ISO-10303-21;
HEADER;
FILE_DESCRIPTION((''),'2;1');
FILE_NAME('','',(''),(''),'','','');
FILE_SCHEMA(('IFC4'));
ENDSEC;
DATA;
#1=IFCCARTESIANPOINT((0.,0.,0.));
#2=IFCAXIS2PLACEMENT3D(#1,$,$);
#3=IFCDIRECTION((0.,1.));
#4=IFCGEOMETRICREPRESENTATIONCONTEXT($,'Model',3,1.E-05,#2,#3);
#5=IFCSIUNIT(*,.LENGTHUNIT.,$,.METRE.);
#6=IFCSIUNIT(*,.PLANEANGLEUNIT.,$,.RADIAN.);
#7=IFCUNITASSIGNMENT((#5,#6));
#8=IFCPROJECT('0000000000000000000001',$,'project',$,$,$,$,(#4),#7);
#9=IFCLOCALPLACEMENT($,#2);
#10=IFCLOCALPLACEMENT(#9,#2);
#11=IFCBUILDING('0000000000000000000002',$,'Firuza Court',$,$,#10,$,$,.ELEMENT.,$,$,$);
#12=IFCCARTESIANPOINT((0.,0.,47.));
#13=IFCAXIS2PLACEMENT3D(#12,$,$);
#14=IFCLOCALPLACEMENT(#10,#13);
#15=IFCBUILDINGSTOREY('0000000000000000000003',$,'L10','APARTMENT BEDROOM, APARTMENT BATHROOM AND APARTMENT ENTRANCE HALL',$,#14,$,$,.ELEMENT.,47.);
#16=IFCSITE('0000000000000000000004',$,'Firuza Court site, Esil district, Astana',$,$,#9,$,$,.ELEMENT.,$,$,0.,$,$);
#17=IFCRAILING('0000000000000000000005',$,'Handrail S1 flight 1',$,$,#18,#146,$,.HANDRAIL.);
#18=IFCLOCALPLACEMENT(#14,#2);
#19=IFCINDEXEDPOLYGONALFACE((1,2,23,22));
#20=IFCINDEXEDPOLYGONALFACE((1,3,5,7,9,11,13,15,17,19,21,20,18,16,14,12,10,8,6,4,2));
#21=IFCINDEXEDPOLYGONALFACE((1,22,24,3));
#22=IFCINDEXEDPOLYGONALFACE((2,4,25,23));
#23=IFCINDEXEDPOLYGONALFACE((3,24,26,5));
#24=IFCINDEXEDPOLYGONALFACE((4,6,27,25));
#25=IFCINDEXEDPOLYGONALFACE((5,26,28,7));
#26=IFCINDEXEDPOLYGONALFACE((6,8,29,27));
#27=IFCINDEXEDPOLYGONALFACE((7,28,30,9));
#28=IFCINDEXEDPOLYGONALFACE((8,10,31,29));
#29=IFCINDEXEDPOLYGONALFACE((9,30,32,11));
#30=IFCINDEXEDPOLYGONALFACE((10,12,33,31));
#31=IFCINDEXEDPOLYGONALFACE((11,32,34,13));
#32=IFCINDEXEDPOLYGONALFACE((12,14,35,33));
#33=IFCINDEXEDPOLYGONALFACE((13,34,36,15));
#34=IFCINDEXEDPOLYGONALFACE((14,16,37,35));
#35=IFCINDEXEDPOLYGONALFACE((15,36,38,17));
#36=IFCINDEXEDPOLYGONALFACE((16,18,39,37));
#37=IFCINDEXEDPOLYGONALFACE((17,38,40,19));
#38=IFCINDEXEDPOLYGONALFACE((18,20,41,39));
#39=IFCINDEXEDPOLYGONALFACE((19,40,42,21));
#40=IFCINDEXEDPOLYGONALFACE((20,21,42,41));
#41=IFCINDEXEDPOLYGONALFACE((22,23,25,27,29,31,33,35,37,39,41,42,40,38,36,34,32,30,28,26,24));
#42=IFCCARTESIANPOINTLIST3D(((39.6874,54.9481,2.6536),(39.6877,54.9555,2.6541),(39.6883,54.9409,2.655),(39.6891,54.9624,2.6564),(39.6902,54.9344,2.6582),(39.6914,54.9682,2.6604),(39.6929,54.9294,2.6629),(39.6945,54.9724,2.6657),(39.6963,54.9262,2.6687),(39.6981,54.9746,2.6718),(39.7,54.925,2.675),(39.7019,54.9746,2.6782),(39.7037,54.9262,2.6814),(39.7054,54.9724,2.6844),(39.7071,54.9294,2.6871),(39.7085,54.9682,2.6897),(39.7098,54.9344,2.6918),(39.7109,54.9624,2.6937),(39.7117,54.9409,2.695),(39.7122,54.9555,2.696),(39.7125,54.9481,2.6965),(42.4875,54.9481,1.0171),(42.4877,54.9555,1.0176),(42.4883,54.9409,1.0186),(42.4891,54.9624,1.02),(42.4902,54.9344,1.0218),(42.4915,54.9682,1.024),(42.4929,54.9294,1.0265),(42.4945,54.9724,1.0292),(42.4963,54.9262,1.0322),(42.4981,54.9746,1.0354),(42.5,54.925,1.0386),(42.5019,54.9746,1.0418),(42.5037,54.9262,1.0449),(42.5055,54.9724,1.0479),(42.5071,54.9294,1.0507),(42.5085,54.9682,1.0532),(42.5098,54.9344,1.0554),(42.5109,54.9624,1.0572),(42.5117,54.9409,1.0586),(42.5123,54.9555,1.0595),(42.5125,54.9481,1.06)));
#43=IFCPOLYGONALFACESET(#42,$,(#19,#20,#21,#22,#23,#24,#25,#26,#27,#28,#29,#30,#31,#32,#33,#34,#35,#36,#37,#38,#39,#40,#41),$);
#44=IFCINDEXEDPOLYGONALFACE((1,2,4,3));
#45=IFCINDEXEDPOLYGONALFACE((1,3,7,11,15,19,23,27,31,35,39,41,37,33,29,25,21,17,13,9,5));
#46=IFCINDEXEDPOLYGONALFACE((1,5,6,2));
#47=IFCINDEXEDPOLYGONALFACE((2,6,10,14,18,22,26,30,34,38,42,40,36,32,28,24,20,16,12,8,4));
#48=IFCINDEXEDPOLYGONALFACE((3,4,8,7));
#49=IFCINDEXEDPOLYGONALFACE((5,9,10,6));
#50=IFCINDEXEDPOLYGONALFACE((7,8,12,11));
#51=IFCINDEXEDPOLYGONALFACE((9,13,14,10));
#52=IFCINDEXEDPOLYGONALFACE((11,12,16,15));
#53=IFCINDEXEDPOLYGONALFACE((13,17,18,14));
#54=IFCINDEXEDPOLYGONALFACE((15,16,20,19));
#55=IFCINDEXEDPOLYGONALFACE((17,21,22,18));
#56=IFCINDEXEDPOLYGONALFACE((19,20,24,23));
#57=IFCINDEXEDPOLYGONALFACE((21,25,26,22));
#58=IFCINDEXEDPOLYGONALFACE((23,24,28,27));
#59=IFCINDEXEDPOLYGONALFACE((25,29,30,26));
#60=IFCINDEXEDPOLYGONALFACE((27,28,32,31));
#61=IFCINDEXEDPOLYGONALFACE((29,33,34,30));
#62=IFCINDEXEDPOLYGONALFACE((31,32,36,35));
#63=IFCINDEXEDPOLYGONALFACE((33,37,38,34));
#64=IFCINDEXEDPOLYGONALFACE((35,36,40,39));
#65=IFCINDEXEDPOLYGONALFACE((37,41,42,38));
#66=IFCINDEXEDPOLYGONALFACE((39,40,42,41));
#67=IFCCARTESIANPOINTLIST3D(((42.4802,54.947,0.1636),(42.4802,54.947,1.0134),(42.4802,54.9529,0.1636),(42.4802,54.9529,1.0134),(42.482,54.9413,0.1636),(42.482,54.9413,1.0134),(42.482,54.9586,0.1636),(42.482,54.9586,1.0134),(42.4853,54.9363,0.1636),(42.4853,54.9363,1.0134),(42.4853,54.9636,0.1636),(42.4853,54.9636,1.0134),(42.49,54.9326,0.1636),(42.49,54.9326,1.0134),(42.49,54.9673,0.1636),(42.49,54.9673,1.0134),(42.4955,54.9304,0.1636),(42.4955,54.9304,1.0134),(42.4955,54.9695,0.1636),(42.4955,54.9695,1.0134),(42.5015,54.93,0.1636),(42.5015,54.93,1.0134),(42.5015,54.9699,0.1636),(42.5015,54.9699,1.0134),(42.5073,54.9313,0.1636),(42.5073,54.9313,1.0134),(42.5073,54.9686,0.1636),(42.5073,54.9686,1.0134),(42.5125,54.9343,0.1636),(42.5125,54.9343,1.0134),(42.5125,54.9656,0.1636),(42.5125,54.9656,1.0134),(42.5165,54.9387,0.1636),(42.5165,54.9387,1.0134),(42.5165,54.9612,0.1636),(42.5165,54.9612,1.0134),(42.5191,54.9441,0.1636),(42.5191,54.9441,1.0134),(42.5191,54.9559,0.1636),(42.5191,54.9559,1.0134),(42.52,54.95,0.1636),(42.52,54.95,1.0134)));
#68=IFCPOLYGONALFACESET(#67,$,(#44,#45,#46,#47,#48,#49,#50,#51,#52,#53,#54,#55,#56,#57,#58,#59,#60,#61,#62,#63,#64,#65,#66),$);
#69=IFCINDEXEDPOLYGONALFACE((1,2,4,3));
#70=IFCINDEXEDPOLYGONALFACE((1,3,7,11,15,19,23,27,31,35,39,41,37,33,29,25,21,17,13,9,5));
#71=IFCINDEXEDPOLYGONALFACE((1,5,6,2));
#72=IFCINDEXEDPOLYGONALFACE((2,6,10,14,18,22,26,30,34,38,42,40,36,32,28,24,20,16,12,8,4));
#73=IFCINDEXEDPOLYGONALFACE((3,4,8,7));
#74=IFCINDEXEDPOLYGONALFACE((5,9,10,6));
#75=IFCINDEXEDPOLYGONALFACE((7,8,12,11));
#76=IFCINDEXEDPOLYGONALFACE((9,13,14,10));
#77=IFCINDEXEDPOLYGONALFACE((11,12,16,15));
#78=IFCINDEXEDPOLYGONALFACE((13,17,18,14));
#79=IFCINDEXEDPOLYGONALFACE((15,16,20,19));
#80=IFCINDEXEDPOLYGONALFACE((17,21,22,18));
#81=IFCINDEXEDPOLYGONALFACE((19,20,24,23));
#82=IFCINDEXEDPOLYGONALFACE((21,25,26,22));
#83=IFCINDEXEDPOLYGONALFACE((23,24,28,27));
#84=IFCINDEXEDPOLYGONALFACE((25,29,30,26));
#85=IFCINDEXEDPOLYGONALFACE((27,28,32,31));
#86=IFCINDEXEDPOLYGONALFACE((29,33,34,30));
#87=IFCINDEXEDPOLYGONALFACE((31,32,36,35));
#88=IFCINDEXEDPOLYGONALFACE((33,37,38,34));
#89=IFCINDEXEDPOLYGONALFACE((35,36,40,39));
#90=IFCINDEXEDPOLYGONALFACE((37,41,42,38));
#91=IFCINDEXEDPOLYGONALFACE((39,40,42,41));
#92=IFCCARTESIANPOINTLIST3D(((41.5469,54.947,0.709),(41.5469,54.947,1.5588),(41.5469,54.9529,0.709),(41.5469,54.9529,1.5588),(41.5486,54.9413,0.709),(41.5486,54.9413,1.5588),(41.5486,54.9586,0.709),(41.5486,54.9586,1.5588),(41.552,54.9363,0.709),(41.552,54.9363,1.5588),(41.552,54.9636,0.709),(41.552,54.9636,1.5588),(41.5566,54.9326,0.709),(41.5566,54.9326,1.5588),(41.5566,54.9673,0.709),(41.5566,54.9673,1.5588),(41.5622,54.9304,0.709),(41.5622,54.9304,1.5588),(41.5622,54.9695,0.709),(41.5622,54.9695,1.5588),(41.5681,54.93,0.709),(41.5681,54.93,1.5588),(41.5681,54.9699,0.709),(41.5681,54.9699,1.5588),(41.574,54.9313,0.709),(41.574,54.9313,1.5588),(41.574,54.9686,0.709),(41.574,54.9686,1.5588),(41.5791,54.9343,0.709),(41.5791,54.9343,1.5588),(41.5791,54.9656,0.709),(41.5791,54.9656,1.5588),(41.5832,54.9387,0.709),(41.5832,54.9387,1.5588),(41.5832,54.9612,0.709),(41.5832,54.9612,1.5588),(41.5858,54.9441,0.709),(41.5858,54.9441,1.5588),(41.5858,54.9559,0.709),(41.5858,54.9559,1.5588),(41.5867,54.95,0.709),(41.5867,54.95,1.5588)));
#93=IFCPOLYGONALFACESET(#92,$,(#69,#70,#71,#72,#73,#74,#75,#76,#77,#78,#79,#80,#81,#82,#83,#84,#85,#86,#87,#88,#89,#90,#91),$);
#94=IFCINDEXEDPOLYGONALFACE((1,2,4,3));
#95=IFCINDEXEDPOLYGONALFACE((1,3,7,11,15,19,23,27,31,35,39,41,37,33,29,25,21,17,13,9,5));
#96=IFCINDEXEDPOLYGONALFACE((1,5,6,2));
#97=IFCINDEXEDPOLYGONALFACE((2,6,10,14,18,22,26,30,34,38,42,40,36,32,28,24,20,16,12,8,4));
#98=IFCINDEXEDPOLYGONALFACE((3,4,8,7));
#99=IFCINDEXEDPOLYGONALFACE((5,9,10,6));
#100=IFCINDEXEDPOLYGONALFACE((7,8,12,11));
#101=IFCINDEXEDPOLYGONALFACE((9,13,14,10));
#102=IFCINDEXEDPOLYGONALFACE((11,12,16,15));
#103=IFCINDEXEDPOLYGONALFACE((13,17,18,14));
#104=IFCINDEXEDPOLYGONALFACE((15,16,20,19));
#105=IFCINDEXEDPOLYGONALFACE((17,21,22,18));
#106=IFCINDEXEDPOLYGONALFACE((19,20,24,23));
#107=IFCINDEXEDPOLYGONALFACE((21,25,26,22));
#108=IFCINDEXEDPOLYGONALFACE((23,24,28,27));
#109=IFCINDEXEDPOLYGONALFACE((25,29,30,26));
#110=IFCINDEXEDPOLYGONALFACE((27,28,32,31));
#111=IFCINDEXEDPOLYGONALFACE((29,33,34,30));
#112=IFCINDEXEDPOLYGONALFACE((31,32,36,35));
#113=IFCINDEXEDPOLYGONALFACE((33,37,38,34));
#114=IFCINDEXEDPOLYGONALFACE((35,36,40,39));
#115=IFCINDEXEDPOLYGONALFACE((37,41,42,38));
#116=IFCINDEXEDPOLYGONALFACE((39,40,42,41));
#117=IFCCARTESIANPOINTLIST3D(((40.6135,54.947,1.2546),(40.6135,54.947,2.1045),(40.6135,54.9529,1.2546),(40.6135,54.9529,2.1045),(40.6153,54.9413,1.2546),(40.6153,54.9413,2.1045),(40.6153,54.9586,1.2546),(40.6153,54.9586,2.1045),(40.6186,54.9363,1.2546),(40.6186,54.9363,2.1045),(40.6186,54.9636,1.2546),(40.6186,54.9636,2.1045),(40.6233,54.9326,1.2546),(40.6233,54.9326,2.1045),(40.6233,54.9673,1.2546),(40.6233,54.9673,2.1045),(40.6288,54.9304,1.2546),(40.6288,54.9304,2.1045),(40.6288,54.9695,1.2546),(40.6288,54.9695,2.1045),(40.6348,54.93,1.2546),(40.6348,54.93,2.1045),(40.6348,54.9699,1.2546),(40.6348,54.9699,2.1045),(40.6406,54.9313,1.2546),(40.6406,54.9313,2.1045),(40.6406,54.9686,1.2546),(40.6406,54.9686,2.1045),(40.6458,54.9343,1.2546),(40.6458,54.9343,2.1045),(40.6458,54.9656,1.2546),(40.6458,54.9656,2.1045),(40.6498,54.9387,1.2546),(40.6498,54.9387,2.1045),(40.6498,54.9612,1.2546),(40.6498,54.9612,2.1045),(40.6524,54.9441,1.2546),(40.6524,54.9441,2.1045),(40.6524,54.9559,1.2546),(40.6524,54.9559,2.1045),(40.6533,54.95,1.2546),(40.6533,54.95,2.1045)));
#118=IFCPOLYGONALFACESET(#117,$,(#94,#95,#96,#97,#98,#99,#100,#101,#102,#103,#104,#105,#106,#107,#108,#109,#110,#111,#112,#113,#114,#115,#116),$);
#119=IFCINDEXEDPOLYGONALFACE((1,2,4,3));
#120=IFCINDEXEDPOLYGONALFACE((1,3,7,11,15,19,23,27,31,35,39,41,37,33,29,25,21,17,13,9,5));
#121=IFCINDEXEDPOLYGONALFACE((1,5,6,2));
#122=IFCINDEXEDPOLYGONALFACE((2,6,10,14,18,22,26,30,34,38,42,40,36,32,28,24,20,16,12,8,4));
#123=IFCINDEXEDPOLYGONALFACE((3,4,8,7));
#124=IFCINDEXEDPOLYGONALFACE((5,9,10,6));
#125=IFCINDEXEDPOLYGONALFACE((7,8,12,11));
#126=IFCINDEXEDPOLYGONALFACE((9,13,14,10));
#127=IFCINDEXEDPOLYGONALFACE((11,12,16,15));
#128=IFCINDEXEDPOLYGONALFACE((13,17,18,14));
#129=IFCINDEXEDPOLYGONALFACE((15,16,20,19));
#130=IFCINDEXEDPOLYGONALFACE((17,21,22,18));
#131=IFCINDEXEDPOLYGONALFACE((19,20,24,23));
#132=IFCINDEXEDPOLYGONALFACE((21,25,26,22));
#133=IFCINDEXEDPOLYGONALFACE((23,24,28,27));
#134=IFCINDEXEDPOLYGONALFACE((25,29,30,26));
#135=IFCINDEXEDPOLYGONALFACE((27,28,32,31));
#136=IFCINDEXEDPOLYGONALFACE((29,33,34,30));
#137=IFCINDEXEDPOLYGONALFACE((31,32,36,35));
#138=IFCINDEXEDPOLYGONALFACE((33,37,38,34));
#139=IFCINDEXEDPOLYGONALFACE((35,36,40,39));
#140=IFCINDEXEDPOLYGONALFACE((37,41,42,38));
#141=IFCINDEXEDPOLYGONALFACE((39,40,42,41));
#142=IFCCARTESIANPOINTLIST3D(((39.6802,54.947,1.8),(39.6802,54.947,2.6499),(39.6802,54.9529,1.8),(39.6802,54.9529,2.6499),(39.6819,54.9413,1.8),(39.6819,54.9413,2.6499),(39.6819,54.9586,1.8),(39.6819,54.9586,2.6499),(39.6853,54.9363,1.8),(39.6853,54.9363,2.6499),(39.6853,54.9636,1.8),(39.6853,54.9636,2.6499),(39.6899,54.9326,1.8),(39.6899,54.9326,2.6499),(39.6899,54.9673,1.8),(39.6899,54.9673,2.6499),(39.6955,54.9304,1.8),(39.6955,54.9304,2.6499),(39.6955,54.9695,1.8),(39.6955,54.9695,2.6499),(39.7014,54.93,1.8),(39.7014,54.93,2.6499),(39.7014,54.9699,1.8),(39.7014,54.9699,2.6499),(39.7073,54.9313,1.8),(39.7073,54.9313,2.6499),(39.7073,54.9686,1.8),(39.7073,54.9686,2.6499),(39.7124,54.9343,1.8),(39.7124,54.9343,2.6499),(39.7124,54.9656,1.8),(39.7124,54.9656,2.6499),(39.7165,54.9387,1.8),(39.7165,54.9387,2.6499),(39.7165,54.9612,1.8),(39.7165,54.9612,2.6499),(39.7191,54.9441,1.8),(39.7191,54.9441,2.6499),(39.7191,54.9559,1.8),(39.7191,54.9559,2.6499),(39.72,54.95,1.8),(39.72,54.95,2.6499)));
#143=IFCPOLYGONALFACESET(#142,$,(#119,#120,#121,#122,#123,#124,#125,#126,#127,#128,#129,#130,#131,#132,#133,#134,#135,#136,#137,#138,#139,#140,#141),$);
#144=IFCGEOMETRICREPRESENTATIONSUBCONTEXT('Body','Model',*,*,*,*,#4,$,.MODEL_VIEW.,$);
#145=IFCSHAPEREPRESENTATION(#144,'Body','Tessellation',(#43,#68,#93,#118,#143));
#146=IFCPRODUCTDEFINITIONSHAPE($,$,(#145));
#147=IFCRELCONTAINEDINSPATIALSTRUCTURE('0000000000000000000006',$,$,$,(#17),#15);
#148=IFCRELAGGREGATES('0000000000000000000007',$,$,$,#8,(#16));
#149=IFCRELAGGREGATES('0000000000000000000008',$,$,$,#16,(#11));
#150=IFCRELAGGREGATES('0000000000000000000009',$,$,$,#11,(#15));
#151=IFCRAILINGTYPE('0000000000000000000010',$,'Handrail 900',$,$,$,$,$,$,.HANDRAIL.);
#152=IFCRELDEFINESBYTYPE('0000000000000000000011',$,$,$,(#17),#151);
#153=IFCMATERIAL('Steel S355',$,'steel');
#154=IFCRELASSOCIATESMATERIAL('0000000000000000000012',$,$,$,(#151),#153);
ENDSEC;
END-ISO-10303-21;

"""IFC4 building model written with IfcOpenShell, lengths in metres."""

from ifc_helpers import new_model, si_unit, direction, frame, origin, origin_2d, place, context, subcontext, project, spatial, circle, extrude, material, type_object, element, save


model = new_model("IFC4")

# Units and contexts
model_context = context("Model", 3, precision=1e-05, world=origin(), true_north=direction((0.0, 1.0)))
body_context = subcontext(model_context, "Body", "Model", "MODEL_VIEW")
ifc_project = project(units=[si_unit("LENGTHUNIT", "METRE"), si_unit("PLANEANGLEUNIT", "RADIAN")], contexts=[model_context])

# Site, building, storey
site_placement = place(None, origin())
site = spatial("IfcSite", under=ifc_project, at=site_placement, Name="Firuza Court site, Esil district, Astana", CompositionType="ELEMENT", RefElevation=0.0)
building_placement = place(site_placement, origin())
building = spatial("IfcBuilding", under=site, at=building_placement, Name="Firuza Court", CompositionType="ELEMENT")
storey_placement = place(building_placement, frame((0.0, 0.0, 47.0)))
storey = spatial("IfcBuildingStorey", under=building, at=storey_placement, Name="L10", Description="APARTMENT BEDROOM, APARTMENT BATHROOM AND APARTMENT ENTRANCE HALL", CompositionType="ELEMENT", Elevation=47.0)

# Railing
ifc_material_1 = material(Name="Steel S355", Category="steel")
railing_type_1 = type_object("IfcRailingType", Name="Handrail 900", PredefinedType="HANDRAIL", material=ifc_material_1)
railing_1_placement = place(storey_placement, frame((42.5, 54.95, 0.1636)))
element("IfcRailing", 1, at=railing_1_placement, inside=storey, type_object=railing_type_1, Name="Handrail S1 flight 1", PredefinedType="HANDRAIL", context=body_context, shape_type="SweptSolid", body=[
    extrude(circle(Radius=0.0249, at=origin_2d()), frame((0.0, 0.0, 0.875), z_axis=(-0.863361, 0.0, 0.504587), x_axis=(0.0, -1.0, 0.0)), (0.0, 0.0, 1.0), 3.2432),
    extrude(circle(Radius=0.02, at=origin_2d()), origin(), (0.0, 0.0, 1.0), 0.8499),
    extrude(circle(Radius=0.02, at=origin_2d()), frame((-0.9333, 0.0, 0.5454)), (0.0, 0.0, 1.0), 0.8499),
    extrude(circle(Radius=0.02, at=origin_2d()), frame((-1.8667, 0.0, 1.0911)), (0.0, 0.0, 1.0), 0.8499),
    extrude(circle(Radius=0.02, at=origin_2d()), frame((-2.8, 0.0, 1.6365)), (0.0, 0.0, 1.0), 0.8499),
])

save(model, "model.ifc")
